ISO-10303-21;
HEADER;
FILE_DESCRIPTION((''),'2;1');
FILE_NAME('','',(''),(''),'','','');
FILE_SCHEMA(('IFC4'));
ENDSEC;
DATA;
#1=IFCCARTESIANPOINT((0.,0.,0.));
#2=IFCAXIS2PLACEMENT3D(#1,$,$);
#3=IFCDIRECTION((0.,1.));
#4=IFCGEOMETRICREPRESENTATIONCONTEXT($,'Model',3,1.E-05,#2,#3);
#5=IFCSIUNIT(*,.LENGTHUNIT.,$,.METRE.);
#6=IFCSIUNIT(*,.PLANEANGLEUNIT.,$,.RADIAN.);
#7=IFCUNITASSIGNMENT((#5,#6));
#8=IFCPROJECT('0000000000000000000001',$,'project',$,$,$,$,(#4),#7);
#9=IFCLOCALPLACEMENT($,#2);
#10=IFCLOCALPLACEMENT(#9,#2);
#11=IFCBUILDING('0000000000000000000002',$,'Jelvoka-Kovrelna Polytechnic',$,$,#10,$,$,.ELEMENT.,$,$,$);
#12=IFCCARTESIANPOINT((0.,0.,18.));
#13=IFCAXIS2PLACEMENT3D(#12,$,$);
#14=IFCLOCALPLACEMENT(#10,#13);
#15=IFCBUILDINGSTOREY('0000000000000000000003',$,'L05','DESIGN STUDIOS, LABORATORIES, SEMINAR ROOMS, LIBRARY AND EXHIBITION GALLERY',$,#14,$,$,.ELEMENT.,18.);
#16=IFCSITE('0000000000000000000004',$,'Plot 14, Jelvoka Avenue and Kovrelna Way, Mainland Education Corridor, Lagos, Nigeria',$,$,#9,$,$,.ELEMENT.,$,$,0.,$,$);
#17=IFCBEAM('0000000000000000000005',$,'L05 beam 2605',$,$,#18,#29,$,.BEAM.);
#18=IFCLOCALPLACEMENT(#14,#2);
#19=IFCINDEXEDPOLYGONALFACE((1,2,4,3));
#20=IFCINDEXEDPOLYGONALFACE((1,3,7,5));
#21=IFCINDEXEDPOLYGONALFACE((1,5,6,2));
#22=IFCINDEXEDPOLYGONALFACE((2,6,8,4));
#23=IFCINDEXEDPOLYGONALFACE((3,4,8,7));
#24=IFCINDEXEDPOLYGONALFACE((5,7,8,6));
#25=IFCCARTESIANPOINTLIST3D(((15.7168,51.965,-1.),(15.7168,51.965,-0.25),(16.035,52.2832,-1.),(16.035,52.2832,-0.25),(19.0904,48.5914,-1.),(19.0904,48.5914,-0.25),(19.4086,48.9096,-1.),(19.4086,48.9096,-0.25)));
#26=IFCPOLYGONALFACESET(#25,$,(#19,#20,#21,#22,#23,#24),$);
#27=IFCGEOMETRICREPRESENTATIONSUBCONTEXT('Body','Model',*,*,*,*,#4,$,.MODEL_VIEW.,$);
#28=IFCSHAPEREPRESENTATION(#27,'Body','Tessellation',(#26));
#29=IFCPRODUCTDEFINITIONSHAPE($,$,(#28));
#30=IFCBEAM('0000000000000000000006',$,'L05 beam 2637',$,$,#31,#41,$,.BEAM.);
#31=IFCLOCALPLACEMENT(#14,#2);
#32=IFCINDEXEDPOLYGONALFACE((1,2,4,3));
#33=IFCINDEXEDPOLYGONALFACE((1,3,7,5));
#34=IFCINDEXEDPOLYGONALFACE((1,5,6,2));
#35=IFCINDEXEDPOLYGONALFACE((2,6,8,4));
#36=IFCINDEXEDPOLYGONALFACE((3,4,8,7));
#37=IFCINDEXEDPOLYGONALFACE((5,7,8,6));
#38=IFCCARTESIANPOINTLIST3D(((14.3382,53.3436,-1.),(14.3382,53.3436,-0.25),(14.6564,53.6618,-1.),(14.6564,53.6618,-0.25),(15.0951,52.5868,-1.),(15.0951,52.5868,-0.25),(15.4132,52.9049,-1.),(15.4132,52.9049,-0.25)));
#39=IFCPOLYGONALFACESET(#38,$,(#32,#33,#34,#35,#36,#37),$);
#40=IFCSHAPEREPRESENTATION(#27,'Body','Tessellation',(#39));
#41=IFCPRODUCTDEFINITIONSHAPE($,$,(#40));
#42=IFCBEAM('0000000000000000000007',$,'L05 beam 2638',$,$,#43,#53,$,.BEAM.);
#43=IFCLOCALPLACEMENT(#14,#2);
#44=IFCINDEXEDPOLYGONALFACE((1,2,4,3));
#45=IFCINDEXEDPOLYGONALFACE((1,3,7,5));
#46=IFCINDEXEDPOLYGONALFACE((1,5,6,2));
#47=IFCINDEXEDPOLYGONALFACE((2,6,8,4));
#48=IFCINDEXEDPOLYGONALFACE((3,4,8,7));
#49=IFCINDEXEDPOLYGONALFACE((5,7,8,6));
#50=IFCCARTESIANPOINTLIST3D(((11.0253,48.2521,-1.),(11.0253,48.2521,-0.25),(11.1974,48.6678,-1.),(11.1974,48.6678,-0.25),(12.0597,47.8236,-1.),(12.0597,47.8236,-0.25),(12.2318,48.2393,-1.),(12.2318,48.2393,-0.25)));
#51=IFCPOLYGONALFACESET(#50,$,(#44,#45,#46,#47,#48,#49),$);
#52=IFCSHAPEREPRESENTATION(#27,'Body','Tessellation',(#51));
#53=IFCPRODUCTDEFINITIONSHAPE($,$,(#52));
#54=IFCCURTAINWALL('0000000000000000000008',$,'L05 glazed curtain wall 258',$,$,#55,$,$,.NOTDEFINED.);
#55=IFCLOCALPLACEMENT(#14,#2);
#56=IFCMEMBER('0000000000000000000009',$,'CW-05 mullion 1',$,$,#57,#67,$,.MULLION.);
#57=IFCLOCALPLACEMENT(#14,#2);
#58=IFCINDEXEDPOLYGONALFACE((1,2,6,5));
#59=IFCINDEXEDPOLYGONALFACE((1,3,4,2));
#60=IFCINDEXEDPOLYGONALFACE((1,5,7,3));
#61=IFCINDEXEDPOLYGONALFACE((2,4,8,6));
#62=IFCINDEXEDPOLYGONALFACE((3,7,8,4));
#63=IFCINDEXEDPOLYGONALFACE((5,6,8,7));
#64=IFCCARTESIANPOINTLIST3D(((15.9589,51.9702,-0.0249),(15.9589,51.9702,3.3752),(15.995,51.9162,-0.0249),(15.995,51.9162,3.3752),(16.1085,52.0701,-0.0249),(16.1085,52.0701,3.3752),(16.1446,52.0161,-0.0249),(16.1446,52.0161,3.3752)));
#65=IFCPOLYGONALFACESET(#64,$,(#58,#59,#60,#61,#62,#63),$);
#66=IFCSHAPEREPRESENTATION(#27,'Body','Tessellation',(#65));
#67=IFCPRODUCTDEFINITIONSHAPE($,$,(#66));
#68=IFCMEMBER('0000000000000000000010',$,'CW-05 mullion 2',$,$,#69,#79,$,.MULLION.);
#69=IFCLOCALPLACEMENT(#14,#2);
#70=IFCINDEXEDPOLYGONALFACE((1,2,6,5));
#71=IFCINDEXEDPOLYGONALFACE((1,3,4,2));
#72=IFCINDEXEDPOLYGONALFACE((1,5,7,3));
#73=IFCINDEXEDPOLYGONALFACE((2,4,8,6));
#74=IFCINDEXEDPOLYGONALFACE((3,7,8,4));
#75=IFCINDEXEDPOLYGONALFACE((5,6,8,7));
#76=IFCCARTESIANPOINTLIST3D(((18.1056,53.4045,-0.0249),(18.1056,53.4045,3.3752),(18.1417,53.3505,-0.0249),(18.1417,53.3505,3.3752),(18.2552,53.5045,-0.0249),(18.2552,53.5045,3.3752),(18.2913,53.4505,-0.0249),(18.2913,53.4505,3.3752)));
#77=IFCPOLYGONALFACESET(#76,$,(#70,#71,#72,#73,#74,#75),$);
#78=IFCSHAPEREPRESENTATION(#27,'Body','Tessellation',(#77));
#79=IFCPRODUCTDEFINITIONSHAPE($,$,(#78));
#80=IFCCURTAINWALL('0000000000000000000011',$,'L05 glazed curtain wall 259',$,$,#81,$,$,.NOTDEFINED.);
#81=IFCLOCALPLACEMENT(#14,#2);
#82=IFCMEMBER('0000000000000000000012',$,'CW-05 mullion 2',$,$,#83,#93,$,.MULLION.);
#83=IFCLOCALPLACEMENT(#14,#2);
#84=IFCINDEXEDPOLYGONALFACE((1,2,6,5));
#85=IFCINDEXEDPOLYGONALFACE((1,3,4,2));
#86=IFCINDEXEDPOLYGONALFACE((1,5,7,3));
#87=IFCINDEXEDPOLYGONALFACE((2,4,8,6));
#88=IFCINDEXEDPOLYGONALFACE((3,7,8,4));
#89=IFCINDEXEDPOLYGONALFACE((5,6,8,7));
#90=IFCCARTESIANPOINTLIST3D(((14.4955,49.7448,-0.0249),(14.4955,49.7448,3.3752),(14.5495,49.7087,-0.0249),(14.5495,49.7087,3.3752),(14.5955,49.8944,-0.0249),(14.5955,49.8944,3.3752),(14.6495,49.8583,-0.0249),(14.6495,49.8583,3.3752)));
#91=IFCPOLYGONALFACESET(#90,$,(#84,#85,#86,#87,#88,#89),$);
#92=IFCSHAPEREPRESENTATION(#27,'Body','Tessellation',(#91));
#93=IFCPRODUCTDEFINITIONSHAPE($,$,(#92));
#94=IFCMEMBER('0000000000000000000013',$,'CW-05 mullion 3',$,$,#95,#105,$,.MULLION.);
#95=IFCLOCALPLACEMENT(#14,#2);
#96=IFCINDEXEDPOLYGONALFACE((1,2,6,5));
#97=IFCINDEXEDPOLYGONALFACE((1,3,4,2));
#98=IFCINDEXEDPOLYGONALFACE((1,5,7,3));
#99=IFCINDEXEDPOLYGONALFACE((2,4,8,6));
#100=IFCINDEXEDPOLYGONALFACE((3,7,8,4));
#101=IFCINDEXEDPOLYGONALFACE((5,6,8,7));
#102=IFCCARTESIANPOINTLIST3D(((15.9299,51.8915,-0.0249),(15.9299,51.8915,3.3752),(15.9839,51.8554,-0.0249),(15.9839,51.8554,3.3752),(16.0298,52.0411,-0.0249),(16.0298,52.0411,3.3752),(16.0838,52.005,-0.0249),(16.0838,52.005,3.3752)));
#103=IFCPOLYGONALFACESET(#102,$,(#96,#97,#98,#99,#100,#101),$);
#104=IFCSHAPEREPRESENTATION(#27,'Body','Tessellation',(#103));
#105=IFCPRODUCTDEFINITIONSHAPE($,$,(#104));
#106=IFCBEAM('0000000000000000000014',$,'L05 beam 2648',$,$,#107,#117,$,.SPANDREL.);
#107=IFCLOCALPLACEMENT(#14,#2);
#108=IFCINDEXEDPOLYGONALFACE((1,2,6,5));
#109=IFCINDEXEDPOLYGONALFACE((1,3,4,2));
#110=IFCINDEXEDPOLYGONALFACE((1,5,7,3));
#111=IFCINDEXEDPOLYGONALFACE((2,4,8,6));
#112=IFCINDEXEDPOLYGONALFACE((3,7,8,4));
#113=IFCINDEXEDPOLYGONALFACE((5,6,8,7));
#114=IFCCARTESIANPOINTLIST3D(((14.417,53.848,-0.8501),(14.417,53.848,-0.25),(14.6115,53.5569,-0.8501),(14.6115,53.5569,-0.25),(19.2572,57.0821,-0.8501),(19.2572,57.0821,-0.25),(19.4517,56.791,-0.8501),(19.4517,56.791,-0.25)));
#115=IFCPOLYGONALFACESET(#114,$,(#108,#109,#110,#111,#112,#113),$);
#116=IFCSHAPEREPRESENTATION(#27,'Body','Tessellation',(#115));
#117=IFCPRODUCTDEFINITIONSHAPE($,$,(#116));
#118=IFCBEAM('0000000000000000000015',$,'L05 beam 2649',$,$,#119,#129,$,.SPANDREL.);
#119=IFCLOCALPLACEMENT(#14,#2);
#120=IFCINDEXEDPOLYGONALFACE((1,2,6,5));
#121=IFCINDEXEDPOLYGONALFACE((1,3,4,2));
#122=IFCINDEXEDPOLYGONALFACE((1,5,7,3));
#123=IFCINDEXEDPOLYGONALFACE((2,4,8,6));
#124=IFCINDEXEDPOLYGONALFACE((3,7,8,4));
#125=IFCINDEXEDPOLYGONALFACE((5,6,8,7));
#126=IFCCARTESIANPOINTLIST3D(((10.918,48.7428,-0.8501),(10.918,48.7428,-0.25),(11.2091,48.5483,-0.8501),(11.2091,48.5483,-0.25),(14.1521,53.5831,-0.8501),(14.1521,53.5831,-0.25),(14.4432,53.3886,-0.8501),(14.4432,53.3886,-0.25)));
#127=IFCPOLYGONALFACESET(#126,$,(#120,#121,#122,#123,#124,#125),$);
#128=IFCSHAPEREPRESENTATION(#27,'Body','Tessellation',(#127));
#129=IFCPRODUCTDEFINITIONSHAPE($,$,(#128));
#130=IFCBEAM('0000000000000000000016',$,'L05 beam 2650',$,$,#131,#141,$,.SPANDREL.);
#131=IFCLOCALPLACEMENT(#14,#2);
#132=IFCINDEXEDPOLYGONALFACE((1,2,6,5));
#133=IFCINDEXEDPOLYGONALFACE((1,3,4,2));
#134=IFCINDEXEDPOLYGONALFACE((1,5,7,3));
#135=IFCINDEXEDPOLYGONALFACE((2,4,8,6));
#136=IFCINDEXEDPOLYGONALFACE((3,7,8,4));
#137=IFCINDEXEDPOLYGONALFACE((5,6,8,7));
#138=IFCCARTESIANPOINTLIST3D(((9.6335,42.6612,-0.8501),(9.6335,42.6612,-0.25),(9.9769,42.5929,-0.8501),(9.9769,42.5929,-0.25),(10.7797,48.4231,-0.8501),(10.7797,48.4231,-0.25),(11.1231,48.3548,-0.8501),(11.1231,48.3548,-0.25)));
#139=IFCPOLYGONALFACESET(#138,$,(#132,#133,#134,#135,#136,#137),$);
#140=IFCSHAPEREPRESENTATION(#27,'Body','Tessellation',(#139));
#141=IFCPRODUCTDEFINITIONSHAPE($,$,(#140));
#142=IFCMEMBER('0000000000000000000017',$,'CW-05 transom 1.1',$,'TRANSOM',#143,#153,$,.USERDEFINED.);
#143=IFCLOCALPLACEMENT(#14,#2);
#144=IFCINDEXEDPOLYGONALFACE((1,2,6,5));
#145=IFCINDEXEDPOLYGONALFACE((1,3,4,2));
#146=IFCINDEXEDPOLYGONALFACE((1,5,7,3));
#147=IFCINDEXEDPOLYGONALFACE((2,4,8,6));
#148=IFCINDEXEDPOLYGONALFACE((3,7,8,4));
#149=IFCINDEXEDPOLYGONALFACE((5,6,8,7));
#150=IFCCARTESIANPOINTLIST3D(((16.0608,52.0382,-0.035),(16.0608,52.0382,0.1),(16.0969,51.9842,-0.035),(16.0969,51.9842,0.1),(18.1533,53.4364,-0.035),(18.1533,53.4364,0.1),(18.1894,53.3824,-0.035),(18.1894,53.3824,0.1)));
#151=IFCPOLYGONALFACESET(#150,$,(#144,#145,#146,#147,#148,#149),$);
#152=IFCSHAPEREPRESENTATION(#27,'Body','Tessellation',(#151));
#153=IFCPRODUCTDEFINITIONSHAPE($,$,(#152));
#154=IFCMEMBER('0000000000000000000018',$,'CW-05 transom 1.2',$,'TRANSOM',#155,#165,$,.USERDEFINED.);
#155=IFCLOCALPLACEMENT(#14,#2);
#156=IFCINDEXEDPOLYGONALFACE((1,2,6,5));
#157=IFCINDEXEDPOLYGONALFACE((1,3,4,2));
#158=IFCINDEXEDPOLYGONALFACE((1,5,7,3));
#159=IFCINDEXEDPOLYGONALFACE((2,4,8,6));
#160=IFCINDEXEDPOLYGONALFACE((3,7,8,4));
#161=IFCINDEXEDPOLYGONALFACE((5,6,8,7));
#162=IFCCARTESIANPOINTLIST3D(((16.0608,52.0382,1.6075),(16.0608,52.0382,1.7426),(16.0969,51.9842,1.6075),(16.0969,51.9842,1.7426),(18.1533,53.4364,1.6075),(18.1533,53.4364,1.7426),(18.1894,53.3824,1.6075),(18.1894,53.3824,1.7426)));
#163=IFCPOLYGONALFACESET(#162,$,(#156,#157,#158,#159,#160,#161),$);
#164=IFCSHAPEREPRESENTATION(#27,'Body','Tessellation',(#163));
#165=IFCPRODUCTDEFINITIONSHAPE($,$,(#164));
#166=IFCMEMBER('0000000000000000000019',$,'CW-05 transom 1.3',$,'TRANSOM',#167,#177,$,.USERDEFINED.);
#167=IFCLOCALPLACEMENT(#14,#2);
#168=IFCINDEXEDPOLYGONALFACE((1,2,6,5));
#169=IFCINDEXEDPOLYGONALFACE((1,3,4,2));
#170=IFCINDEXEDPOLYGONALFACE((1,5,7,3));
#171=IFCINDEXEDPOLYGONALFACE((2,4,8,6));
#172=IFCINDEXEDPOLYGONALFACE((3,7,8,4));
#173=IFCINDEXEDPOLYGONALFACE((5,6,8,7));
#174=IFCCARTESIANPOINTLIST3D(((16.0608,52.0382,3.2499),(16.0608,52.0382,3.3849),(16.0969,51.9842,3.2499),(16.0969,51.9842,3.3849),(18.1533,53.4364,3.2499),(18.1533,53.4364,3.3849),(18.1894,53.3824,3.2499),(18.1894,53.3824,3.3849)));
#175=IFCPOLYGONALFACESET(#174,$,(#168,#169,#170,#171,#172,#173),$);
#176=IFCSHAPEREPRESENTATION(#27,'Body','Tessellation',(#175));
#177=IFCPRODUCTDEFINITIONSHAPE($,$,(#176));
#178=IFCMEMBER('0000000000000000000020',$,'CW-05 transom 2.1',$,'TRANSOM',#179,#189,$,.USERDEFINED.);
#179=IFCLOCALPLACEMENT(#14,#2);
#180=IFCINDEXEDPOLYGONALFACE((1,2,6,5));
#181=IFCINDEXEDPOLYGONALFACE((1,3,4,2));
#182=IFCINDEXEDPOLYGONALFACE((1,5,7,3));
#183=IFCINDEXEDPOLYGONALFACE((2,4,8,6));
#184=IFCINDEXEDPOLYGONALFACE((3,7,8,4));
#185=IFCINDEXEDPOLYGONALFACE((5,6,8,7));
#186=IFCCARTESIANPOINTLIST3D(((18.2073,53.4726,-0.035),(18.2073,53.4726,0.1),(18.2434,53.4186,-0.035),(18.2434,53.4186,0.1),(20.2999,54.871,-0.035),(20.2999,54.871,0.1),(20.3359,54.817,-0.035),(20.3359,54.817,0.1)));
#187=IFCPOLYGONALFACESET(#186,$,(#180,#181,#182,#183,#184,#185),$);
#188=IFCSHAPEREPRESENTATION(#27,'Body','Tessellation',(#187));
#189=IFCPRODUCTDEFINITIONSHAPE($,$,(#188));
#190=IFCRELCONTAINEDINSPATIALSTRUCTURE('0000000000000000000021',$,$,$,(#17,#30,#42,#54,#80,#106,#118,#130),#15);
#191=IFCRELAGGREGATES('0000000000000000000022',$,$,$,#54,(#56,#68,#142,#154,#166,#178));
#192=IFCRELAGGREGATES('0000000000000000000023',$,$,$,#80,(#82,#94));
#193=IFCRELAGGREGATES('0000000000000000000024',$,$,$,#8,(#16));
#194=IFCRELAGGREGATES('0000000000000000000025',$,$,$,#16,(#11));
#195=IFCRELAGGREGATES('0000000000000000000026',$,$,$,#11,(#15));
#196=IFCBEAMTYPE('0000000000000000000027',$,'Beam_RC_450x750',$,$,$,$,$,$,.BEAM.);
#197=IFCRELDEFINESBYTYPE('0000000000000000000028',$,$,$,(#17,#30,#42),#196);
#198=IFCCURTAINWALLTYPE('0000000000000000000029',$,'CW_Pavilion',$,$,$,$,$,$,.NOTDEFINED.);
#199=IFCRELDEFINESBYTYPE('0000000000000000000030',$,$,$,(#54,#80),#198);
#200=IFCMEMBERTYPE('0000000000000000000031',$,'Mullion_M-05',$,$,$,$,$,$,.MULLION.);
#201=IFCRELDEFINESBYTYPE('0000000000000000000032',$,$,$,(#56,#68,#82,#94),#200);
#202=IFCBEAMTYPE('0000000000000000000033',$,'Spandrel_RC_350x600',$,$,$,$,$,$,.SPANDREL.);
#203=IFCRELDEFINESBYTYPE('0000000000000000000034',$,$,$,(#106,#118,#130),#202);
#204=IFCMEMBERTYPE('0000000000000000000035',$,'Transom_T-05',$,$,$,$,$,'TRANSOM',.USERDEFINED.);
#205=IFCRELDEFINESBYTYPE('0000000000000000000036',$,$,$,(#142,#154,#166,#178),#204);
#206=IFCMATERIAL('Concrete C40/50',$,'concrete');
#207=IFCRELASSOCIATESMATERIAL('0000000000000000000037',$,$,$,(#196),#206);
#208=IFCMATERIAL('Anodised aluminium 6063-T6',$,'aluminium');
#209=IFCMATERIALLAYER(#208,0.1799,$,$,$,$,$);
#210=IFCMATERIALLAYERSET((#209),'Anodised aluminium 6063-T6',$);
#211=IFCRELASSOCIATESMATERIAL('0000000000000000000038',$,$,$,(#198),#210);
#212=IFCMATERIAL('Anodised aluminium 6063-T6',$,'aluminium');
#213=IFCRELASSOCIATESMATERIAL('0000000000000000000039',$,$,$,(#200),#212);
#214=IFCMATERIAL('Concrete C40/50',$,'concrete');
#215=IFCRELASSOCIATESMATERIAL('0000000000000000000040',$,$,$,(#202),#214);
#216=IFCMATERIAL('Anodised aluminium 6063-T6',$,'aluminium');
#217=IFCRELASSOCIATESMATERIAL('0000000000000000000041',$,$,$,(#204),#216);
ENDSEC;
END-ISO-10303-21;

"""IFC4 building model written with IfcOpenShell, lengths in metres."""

from ifc_helpers import new_model, si_unit, direction, frame, origin, origin_2d, place, context, subcontext, project, spatial, rectangle, extrude, material, layer, layer_set, material_profile, profile_set, type_object, element, aggregate, save


model = new_model("IFC4")

# Units and contexts
model_context = context("Model", 3, precision=1e-05, world=origin(), true_north=direction((0.0, 1.0)))
body_context = subcontext(model_context, "Body", "Model", "MODEL_VIEW")
ifc_project = project(units=[si_unit("LENGTHUNIT", "METRE"), si_unit("PLANEANGLEUNIT", "RADIAN")], contexts=[model_context])

# Site, building, storey
site_placement = place(None, origin())
site = spatial("IfcSite", under=ifc_project, at=site_placement, Name="Plot 14, Jelvoka Avenue and Kovrelna Way, Mainland Education Corridor, Lagos, Nigeria", CompositionType="ELEMENT", RefElevation=0.0)
building_placement = place(site_placement, origin())
building = spatial("IfcBuilding", under=site, at=building_placement, Name="Jelvoka-Kovrelna Polytechnic", CompositionType="ELEMENT")
storey_placement = place(building_placement, frame((0.0, 0.0, 18.0)))
storey = spatial("IfcBuildingStorey", under=building, at=storey_placement, Name="L05", Description="DESIGN STUDIOS, LABORATORIES, SEMINAR ROOMS, LIBRARY AND EXHIBITION GALLERY", CompositionType="ELEMENT", Elevation=18.0)

# Beams
ifc_material_1 = material(Name="Concrete C40/50", Category="concrete")
ifc_material_profile_1 = material_profile(ifc_material_1, rectangle(XDim=0.45, YDim=0.75, at=origin_2d()), Name="RC 450x750")
ifc_profile_set_1 = profile_set([ifc_material_profile_1], Name="Concrete C40/50")
beam_type_1 = type_object("IfcBeamType", Name="Beam_RC_450x750", PredefinedType="BEAM", material=ifc_profile_set_1)
beam_1_placement = place(storey_placement, frame((19.2495, 48.7505, -0.625), z_axis=(-0.707107, 0.707107, 0.0), x_axis=(-0.707107, -0.707107, 0.0)))
element("IfcBeam", 1, at=beam_1_placement, inside=storey, type_object=beam_type_1, Name="L05 beam 2605", PredefinedType="BEAM", context=body_context, shape_type="SweptSolid", body=[
    extrude(rectangle(XDim=0.45, YDim=0.75, at=origin_2d()), origin(), (0.0, 0.0, 1.0), 4.771),
])
beam_2_placement = place(storey_placement, frame((15.2542, 52.7458, -0.625), z_axis=(-0.707107, 0.707107, 0.0), x_axis=(-0.707107, -0.707107, 0.0)))
element("IfcBeam", 2, at=beam_2_placement, inside=storey, type_object=beam_type_1, Name="L05 beam 2637", PredefinedType="BEAM", context=body_context, shape_type="SweptSolid", body=[
    extrude(rectangle(XDim=0.45, YDim=0.75, at=origin_2d()), origin(), (0.0, 0.0, 1.0), 1.0703),
])
beam_3_placement = place(storey_placement, frame((12.1458, 48.0315, -0.625), z_axis=(-0.923881, 0.382679, 0.0), x_axis=(-0.382679, -0.923881, 0.0)))
element("IfcBeam", 3, at=beam_3_placement, inside=storey, type_object=beam_type_1, Name="L05 beam 2638", PredefinedType="BEAM", context=body_context, shape_type="SweptSolid", body=[
    extrude(rectangle(XDim=0.45, YDim=0.75, at=origin_2d()), origin(), (0.0, 0.0, 1.0), 1.1196),
])

# Curtain walls, members
ifc_material_2 = material(Name="Anodised aluminium 6063-T6", Category="aluminium")
ifc_layer_1 = layer(ifc_material_2, 0.1799)
ifc_layer_set_1 = layer_set([ifc_layer_1], Name="Anodised aluminium 6063-T6")
curtain_wall_type = type_object("IfcCurtainWallType", Name="CW_Pavilion", PredefinedType="NOTDEFINED", material=ifc_layer_set_1)
curtain_wall_1_placement = place(storey_placement, origin())
curtain_wall_1 = element("IfcCurtainWall", 4, at=curtain_wall_1_placement, inside=storey, type_object=curtain_wall_type, Name="L05 glazed curtain wall 258", PredefinedType="NOTDEFINED")
ifc_material_3 = material(Name="Anodised aluminium 6063-T6", Category="aluminium")
ifc_material_profile_2 = material_profile(ifc_material_3, rectangle(XDim=0.0649, YDim=0.1799, at=origin_2d()), Name="ALU 65x180")
ifc_profile_set_2 = profile_set([ifc_material_profile_2], Name="Anodised aluminium 6063-T6")
member_type_1 = type_object("IfcMemberType", Name="Mullion_M-05", PredefinedType="MULLION", material=ifc_profile_set_2)
member_1_placement = place(storey_placement, frame((16.0518, 51.9932, -0.0249), z_axis=(0.0, 0.0, 1.0), x_axis=(-0.555583, 0.831461, 0.0)))
member_1 = element("IfcMember", 5, at=member_1_placement, type_object=member_type_1, Name="CW-05 mullion 1", PredefinedType="MULLION", context=body_context, shape_type="SweptSolid", body=[
    extrude(rectangle(XDim=0.0649, YDim=0.1799, at=origin_2d()), origin(), (0.0, 0.0, 1.0), 3.4001),
])
member_2_placement = place(storey_placement, frame((18.1985, 53.4275, -0.0249), z_axis=(0.0, 0.0, 1.0), x_axis=(-0.555583, 0.831461, 0.0)))
member_2 = element("IfcMember", 6, at=member_2_placement, type_object=member_type_1, Name="CW-05 mullion 2", PredefinedType="MULLION", context=body_context, shape_type="SweptSolid", body=[
    extrude(rectangle(XDim=0.0649, YDim=0.1799, at=origin_2d()), origin(), (0.0, 0.0, 1.0), 3.4001),
])
curtain_wall_2_placement = place(storey_placement, origin())
curtain_wall_2 = element("IfcCurtainWall", 7, at=curtain_wall_2_placement, inside=storey, type_object=curtain_wall_type, Name="L05 glazed curtain wall 259", PredefinedType="NOTDEFINED")
member_3_placement = place(storey_placement, frame((14.5725, 49.8015, -0.0249), z_axis=(0.0, 0.0, 1.0), x_axis=(-0.831461, 0.555583, 0.0)))
member_3 = element("IfcMember", 8, at=member_3_placement, type_object=member_type_1, Name="CW-05 mullion 2", PredefinedType="MULLION", context=body_context, shape_type="SweptSolid", body=[
    extrude(rectangle(XDim=0.0649, YDim=0.1799, at=origin_2d()), origin(), (0.0, 0.0, 1.0), 3.4001),
])
member_4_placement = place(storey_placement, frame((16.0068, 51.9482, -0.0249), z_axis=(0.0, 0.0, 1.0), x_axis=(-0.831461, 0.555583, 0.0)))
member_4 = element("IfcMember", 9, at=member_4_placement, type_object=member_type_1, Name="CW-05 mullion 3", PredefinedType="MULLION", context=body_context, shape_type="SweptSolid", body=[
    extrude(rectangle(XDim=0.0649, YDim=0.1799, at=origin_2d()), origin(), (0.0, 0.0, 1.0), 3.4001),
])

# Beams
ifc_material_4 = material(Name="Concrete C40/50", Category="concrete")
ifc_material_profile_3 = material_profile(ifc_material_4, rectangle(XDim=0.3501, YDim=0.6001, at=origin_2d()), Name="RC 350x600")
ifc_profile_set_3 = profile_set([ifc_material_profile_3], Name="Concrete C40/50")
beam_type_2 = type_object("IfcBeamType", Name="Spandrel_RC_350x600", PredefinedType="SPANDREL", material=ifc_profile_set_3)
for number, where, z_axis, x_axis, name in (
    (10, (19.3545, 56.9365, -0.55), (-0.831476, -0.555561, 0.0), (0.555561, -0.831476, 0.0), "L05 beam 2648"),
    (11, (14.2976, 53.4858, -0.55), (-0.555561, -0.831476, 0.0), (0.831476, -0.555561, 0.0), "L05 beam 2649"),
):
    element("IfcBeam", number, at=place(storey_placement, frame(where, z_axis=z_axis, x_axis=x_axis)), inside=storey, type_object=beam_type_2, Name=name, PredefinedType="SPANDREL", context=body_context, shape_type="SweptSolid", body=[
        extrude(rectangle(XDim=0.3501, YDim=0.6001, at=origin_2d()), origin(), (0.0, 0.0, 1.0), 5.8213),
    ])
beam_4_placement = place(storey_placement, frame((10.9514, 48.3889, -0.55), z_axis=(-0.195109, -0.980782, 0.0), x_axis=(0.980782, -0.195109, 0.0)))
element("IfcBeam", 12, at=beam_4_placement, inside=storey, type_object=beam_type_2, Name="L05 beam 2650", PredefinedType="SPANDREL", context=body_context, shape_type="SweptSolid", body=[
    extrude(rectangle(XDim=0.3501, YDim=0.6001, at=origin_2d()), origin(), (0.0, 0.0, 1.0), 5.8748),
])

# Members
ifc_material_5 = material(Name="Anodised aluminium 6063-T6", Category="aluminium")
ifc_material_profile_4 = material_profile(ifc_material_5, rectangle(XDim=0.0649, YDim=0.135, at=origin_2d()), Name="ALU 65x135")
ifc_profile_set_4 = profile_set([ifc_material_profile_4], Name="Anodised aluminium 6063-T6")
member_type_2 = type_object("IfcMemberType", Name="Transom_T-05", ElementType="TRANSOM", PredefinedType="USERDEFINED", material=ifc_profile_set_4)
member_5_placement = place(storey_placement, frame((16.0789, 52.0112, 0.0325), z_axis=(0.831468, 0.555573, 0.0), x_axis=(-0.555573, 0.831468, 0.0)))
member_5 = element("IfcMember", 13, at=member_5_placement, type_object=member_type_2, Name="CW-05 transom 1.1", ObjectType="TRANSOM", PredefinedType="USERDEFINED", context=body_context, shape_type="SweptSolid", body=[
    extrude(rectangle(XDim=0.0649, YDim=0.135, at=origin_2d()), origin(), (0.0, 0.0, 1.0), 2.5166),
])
member_6_placement = place(storey_placement, frame((16.0789, 52.0112, 1.675), z_axis=(0.831468, 0.555573, 0.0), x_axis=(-0.555573, 0.831468, 0.0)))
member_6 = element("IfcMember", 14, at=member_6_placement, type_object=member_type_2, Name="CW-05 transom 1.2", ObjectType="TRANSOM", PredefinedType="USERDEFINED", context=body_context, shape_type="SweptSolid", body=[
    extrude(rectangle(XDim=0.0649, YDim=0.135, at=origin_2d()), origin(), (0.0, 0.0, 1.0), 2.5166),
])
member_7_placement = place(storey_placement, frame((16.0789, 52.0112, 3.3174), z_axis=(0.831468, 0.555573, 0.0), x_axis=(-0.555573, 0.831468, 0.0)))
member_7 = element("IfcMember", 15, at=member_7_placement, type_object=member_type_2, Name="CW-05 transom 1.3", ObjectType="TRANSOM", PredefinedType="USERDEFINED", context=body_context, shape_type="SweptSolid", body=[
    extrude(rectangle(XDim=0.0649, YDim=0.135, at=origin_2d()), origin(), (0.0, 0.0, 1.0), 2.5166),
])
member_8_placement = place(storey_placement, frame((18.2253, 53.4456, 0.0325), z_axis=(0.831423, 0.55564, 0.0), x_axis=(-0.55564, 0.831423, 0.0)))
member_8 = element("IfcMember", 16, at=member_8_placement, type_object=member_type_2, Name="CW-05 transom 2.1", ObjectType="TRANSOM", PredefinedType="USERDEFINED", context=body_context, shape_type="SweptSolid", body=[
    extrude(rectangle(XDim=0.0649, YDim=0.135, at=origin_2d()), origin(), (0.0, 0.0, 1.0), 2.5168),
])

aggregate(curtain_wall_1, [member_1, member_2, member_5, member_6, member_7, member_8])
aggregate(curtain_wall_2, [member_3, member_4])

save(model, "model.ifc")
